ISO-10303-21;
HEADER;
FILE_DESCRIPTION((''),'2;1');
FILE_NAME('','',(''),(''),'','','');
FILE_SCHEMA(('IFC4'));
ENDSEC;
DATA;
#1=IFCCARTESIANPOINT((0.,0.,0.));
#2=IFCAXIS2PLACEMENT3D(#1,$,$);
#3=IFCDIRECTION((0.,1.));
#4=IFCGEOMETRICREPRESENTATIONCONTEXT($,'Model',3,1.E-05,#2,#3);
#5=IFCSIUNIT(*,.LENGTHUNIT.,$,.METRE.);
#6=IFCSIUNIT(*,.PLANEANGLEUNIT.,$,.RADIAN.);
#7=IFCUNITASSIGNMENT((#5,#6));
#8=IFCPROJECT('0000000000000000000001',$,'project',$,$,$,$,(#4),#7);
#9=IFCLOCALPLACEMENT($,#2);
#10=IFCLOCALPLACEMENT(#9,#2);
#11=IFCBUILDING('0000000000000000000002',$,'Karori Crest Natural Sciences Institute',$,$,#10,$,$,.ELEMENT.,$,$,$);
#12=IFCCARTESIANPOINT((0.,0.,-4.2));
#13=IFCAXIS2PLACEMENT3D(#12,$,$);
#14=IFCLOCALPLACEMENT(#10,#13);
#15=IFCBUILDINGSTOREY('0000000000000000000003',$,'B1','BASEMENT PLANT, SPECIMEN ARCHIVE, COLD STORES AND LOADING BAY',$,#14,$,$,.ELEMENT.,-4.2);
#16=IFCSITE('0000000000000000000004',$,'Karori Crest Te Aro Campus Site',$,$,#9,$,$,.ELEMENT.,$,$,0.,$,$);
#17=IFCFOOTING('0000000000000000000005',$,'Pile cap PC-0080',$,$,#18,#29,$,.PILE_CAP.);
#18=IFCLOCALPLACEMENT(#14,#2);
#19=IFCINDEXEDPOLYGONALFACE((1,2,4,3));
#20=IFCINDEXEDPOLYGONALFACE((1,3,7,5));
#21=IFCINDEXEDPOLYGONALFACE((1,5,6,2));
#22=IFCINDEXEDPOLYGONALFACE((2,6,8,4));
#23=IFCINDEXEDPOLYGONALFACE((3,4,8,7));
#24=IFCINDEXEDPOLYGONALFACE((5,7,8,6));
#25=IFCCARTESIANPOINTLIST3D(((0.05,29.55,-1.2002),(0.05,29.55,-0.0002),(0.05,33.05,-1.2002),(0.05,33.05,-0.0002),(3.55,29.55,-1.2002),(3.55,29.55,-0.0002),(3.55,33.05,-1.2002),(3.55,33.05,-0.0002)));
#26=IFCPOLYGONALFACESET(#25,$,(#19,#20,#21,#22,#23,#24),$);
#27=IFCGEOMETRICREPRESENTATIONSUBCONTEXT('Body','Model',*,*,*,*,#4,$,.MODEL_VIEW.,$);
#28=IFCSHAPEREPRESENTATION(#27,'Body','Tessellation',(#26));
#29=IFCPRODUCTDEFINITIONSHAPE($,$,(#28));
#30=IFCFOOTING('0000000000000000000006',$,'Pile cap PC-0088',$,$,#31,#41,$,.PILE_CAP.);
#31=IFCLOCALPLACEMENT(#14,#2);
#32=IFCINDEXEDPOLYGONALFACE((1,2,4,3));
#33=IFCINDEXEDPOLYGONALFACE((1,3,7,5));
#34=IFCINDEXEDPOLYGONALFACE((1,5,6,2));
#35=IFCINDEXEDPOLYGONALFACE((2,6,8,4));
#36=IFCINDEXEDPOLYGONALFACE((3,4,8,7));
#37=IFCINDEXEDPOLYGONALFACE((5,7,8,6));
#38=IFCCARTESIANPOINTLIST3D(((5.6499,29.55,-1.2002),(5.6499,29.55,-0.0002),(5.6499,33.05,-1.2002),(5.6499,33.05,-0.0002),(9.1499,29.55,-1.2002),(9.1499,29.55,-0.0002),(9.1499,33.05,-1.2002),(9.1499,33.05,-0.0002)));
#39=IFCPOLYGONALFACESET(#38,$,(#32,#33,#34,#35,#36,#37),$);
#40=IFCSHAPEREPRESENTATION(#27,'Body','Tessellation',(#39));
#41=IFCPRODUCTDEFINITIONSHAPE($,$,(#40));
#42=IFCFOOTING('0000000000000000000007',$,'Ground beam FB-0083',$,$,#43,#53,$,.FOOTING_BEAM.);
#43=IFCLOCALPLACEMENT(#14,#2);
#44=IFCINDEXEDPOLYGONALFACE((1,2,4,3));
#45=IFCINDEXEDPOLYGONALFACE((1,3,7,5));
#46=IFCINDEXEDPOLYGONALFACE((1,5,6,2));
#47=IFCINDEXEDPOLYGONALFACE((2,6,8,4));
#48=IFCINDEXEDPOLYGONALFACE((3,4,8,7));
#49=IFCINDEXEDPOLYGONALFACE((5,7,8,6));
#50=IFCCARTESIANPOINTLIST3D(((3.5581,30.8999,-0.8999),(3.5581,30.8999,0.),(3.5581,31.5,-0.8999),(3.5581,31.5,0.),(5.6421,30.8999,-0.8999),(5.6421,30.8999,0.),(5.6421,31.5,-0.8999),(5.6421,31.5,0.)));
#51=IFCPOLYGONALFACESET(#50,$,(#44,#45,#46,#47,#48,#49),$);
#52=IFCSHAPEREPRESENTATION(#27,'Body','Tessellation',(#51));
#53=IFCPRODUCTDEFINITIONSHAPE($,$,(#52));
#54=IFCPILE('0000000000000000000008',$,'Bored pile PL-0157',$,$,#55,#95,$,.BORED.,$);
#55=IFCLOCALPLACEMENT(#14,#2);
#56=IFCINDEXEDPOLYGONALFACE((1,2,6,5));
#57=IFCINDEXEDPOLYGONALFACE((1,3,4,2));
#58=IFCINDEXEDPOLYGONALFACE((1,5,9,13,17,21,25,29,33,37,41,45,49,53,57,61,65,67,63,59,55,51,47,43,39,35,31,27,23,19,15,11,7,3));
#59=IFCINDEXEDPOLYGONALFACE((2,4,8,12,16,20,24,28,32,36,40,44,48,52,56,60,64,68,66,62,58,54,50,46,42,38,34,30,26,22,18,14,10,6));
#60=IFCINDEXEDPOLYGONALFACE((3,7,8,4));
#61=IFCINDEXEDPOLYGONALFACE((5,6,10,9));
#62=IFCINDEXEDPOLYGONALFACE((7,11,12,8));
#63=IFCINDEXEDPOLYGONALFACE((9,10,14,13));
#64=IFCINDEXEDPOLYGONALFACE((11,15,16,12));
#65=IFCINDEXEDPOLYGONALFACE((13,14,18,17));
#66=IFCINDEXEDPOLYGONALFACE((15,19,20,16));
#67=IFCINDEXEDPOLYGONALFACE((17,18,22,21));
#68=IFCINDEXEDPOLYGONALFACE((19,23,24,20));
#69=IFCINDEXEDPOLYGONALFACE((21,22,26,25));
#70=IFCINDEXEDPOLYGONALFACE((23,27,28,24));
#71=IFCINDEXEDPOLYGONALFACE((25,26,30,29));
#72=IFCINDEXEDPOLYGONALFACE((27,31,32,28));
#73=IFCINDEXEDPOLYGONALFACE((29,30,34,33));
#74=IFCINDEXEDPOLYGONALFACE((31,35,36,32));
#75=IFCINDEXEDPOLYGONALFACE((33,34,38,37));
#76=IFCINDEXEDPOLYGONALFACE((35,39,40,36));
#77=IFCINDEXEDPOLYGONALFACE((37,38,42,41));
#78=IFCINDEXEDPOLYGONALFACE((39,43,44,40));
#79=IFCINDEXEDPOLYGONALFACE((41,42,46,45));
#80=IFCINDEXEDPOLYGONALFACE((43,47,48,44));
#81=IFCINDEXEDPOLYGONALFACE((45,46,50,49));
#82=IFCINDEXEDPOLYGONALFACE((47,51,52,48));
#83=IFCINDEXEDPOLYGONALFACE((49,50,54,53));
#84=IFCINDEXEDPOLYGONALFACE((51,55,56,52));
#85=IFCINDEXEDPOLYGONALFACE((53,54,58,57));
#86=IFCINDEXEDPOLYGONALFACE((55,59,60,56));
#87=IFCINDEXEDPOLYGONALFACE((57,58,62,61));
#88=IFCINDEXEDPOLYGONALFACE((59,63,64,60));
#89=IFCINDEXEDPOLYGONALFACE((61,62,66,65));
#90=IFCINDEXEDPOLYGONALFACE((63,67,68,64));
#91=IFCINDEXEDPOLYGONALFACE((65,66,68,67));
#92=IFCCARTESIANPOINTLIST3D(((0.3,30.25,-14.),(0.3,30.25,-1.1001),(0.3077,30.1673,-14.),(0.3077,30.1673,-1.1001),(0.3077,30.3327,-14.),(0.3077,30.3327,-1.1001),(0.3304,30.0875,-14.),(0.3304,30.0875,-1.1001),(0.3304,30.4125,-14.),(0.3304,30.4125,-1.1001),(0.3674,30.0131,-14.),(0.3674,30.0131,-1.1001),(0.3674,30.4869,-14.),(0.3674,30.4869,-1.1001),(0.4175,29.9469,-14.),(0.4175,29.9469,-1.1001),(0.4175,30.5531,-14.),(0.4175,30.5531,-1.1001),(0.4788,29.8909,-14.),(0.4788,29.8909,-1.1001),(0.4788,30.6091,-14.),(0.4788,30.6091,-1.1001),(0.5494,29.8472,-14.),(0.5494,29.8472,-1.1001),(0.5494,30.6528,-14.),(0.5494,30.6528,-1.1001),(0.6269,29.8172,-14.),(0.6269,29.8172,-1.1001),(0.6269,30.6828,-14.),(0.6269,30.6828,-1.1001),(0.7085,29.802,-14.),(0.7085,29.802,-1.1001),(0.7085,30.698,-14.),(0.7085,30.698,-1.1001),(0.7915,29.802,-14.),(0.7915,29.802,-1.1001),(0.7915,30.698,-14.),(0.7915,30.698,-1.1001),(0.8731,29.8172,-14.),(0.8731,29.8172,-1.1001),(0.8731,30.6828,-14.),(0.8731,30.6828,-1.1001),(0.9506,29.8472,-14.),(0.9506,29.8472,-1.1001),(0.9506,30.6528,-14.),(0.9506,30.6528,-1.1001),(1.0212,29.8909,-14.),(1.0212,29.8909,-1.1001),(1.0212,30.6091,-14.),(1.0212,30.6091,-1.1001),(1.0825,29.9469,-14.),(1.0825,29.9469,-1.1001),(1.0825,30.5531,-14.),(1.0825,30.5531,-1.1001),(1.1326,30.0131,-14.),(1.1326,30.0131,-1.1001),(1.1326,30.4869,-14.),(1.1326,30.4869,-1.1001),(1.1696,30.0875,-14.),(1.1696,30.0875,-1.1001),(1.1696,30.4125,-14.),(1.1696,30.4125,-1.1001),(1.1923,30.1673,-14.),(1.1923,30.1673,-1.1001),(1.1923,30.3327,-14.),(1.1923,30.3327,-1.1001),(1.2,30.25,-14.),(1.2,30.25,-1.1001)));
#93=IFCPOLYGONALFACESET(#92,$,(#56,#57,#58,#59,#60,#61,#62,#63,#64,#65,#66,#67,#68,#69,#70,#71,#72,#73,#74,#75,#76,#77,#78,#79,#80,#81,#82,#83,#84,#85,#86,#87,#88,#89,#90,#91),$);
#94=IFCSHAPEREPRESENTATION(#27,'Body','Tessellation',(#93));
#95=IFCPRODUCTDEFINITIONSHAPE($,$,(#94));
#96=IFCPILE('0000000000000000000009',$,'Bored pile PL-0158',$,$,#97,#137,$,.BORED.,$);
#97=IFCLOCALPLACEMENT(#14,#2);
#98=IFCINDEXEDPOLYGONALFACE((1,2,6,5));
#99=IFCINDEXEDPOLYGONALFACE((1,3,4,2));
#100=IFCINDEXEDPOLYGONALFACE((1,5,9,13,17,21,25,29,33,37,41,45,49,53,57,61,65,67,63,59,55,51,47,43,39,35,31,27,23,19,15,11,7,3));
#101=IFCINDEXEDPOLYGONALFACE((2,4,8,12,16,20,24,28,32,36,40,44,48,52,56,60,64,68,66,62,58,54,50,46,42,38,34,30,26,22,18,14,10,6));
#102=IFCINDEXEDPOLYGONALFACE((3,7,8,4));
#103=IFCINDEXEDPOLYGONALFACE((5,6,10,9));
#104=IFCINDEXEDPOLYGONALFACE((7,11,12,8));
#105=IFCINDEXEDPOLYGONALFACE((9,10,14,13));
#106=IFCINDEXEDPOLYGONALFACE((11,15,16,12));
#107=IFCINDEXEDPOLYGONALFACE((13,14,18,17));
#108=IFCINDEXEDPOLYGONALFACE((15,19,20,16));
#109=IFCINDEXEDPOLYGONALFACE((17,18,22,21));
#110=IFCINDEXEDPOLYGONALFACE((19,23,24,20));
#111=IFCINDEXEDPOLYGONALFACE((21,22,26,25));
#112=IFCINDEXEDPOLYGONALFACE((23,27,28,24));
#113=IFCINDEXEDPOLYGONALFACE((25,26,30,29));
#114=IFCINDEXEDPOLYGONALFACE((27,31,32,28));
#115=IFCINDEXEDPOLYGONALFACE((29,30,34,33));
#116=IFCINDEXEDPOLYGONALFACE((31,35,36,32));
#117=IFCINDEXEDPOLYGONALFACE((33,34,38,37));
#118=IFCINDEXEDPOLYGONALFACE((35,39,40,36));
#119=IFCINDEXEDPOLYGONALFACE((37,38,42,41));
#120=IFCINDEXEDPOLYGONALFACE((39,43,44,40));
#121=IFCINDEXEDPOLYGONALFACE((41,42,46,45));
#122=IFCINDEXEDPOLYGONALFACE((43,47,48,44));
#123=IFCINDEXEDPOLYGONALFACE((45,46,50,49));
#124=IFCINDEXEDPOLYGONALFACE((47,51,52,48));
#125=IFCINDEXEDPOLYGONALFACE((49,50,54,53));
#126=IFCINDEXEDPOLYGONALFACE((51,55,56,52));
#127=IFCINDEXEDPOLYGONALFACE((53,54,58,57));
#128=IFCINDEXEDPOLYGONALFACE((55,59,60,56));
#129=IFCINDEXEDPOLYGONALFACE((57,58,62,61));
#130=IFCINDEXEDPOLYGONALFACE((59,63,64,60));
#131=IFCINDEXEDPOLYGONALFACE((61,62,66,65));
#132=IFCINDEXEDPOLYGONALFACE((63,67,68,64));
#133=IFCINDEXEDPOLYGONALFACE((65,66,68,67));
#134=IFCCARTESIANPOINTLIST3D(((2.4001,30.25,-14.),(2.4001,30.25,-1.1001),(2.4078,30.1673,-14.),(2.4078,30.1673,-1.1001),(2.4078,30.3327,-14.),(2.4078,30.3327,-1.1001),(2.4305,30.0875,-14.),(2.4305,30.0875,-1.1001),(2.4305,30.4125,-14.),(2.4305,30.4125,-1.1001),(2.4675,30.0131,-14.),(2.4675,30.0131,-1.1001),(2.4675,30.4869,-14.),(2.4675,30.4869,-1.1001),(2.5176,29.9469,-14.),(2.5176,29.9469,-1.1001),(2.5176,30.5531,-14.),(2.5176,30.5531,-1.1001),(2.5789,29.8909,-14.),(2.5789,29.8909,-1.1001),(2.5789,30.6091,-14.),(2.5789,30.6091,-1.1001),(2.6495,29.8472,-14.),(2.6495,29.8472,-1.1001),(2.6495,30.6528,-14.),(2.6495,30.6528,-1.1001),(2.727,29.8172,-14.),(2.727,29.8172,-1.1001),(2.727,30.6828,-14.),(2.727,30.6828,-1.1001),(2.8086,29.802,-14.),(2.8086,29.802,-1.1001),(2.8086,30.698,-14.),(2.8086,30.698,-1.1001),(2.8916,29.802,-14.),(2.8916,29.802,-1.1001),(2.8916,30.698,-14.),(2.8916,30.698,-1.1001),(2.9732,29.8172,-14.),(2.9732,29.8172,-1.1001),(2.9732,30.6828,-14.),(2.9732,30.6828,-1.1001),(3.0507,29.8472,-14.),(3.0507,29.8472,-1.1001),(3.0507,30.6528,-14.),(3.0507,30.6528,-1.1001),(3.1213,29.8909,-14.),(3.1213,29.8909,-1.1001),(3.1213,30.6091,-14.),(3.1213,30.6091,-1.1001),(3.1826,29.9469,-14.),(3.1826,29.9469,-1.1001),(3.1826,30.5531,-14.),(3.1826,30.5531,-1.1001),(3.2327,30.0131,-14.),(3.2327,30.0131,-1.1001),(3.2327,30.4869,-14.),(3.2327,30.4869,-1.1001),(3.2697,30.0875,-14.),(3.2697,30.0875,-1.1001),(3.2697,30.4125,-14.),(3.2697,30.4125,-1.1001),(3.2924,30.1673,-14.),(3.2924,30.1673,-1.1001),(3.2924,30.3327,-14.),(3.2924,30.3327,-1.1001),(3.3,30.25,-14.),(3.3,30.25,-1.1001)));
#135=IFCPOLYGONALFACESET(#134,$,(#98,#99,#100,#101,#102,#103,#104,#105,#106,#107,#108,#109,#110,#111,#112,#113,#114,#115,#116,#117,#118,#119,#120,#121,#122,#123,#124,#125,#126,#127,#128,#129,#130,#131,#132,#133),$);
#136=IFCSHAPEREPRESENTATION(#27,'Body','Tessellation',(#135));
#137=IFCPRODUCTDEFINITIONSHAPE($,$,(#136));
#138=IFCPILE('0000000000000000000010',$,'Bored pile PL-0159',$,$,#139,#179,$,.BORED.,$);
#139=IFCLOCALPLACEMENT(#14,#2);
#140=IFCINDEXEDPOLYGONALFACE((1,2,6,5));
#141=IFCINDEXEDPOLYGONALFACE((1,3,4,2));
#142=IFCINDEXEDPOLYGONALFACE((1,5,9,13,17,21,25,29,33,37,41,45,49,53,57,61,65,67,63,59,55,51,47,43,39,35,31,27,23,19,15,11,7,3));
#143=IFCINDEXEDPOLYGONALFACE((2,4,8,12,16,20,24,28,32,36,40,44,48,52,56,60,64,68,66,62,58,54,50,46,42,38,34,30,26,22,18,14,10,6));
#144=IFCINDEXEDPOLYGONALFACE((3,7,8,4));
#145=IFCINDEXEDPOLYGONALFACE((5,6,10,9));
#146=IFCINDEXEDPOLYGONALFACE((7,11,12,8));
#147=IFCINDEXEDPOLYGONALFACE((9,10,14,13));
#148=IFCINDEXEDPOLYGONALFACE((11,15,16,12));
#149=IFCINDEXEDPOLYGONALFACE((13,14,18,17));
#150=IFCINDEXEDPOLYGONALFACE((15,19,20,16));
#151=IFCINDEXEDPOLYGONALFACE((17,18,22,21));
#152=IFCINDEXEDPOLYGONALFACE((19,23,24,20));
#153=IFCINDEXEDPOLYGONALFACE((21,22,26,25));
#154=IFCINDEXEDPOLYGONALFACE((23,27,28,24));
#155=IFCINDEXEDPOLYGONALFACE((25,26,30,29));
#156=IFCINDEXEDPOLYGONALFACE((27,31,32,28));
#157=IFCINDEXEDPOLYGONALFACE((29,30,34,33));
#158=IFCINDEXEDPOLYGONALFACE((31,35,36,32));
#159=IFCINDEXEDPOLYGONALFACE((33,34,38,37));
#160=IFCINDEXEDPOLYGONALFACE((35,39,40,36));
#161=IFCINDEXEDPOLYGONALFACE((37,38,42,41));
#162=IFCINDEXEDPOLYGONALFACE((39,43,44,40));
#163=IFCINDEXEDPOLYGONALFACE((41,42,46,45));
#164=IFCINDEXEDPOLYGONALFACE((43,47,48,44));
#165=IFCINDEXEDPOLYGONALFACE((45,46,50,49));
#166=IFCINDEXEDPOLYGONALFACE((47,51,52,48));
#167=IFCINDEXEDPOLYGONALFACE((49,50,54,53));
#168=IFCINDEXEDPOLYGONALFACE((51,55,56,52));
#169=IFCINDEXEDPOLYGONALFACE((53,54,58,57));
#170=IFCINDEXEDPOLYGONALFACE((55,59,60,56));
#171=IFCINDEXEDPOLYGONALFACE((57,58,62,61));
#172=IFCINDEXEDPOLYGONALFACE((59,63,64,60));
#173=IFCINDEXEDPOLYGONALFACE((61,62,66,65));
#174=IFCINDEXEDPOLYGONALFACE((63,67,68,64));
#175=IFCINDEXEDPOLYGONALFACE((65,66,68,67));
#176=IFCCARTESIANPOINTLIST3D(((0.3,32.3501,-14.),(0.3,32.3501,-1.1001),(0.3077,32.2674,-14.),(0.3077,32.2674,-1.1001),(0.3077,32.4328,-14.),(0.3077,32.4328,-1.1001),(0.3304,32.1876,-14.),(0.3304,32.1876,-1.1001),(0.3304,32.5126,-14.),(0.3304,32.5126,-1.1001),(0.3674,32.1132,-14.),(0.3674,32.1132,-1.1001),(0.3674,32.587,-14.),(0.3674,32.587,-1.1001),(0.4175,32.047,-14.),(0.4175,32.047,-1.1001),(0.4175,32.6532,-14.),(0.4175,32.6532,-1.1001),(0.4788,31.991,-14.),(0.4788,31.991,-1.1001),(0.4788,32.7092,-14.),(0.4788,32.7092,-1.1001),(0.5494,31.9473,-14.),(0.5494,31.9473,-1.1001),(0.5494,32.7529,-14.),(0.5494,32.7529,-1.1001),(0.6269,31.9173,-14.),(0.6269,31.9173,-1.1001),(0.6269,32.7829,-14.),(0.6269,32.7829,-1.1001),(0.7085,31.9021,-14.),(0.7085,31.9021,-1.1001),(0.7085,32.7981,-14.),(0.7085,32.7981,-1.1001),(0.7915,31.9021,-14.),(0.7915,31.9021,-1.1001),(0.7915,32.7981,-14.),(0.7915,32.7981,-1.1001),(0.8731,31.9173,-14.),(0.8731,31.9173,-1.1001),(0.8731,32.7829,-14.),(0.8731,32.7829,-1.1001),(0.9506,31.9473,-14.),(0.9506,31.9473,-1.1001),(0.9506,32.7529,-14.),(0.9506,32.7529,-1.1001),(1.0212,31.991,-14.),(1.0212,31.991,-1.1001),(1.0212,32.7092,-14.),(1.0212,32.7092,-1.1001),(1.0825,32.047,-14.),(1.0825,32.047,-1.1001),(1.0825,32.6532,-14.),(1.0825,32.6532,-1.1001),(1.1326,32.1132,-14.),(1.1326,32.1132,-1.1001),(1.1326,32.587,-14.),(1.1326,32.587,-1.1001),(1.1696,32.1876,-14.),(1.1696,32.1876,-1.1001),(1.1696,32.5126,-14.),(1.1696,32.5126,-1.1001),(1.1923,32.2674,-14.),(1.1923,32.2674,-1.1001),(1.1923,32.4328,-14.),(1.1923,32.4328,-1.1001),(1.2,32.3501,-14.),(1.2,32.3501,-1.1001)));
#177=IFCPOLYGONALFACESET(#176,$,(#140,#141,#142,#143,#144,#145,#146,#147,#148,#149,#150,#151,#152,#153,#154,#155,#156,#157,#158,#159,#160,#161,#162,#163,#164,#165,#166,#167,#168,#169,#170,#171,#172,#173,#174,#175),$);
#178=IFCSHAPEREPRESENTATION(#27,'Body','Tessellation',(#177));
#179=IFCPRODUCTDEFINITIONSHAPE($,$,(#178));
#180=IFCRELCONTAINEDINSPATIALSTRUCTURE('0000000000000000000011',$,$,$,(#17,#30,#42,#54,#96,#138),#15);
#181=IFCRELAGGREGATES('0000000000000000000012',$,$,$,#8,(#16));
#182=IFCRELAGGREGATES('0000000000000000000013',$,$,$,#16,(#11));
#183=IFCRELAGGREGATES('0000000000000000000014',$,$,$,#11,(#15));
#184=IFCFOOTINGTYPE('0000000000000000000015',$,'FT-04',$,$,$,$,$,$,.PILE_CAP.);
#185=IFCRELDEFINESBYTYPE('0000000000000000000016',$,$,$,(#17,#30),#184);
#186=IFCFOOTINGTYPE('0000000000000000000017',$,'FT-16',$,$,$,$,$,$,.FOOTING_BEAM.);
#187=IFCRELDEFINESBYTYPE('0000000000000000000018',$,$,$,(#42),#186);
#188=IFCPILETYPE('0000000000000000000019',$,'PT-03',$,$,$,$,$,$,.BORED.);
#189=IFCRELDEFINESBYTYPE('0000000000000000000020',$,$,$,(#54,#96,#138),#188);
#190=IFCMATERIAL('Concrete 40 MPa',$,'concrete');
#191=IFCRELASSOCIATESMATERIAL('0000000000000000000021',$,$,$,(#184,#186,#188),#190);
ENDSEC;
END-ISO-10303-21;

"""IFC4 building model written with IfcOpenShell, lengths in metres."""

from ifc_helpers import new_model, si_unit, direction, frame, origin, origin_2d, place, context, subcontext, project, spatial, rectangle, circle, extrude, material, material_profile, profile_set, type_object, element, save


model = new_model("IFC4")

# Units and contexts
model_context = context("Model", 3, precision=1e-05, world=origin(), true_north=direction((0.0, 1.0)))
body_context = subcontext(model_context, "Body", "Model", "MODEL_VIEW")
ifc_project = project(units=[si_unit("LENGTHUNIT", "METRE"), si_unit("PLANEANGLEUNIT", "RADIAN")], contexts=[model_context])

# Site, building, storey
site_placement = place(None, origin())
site = spatial("IfcSite", under=ifc_project, at=site_placement, Name="Karori Crest Te Aro Campus Site", CompositionType="ELEMENT", RefElevation=0.0)
building_placement = place(site_placement, origin())
building = spatial("IfcBuilding", under=site, at=building_placement, Name="Karori Crest Natural Sciences Institute", CompositionType="ELEMENT")
storey_placement = place(building_placement, frame((0.0, 0.0, -4.2)))
storey = spatial("IfcBuildingStorey", under=building, at=storey_placement, Name="B1", Description="BASEMENT PLANT, SPECIMEN ARCHIVE, COLD STORES AND LOADING BAY", CompositionType="ELEMENT", Elevation=-4.2)

# Footings
ifc_material_1 = material(Name="Concrete 40 MPa", Category="concrete")
footing_type_1 = type_object("IfcFootingType", Name="FT-04", PredefinedType="PILE_CAP", material=ifc_material_1)
for number, where, z_axis, x_axis, name in (
    (1, (1.8, 31.3, -1.2002), (0.0, 0.0, 1.0), (1.0, 0.0, 0.0), "Pile cap PC-0080"),
    (2, (7.3999, 31.3, -1.2002), (0.0, 0.0, 1.0), (1.0, 0.0, 0.0), "Pile cap PC-0088"),
):
    element("IfcFooting", number, at=place(storey_placement, frame(where, z_axis=z_axis, x_axis=x_axis)), inside=storey, type_object=footing_type_1, Name=name, PredefinedType="PILE_CAP", context=body_context, shape_type="SweptSolid", body=[
        extrude(rectangle(XDim=3.5, YDim=3.5, at=origin_2d()), origin(), (0.0, 0.0, 1.0), 1.2),
    ])
footing_type_2 = type_object("IfcFootingType", Name="FT-16", PredefinedType="FOOTING_BEAM", material=ifc_material_1)
footing_placement = place(storey_placement, frame((4.6001, 31.2, -0.8999), z_axis=(0.0, 0.0, 1.0), x_axis=(1.0, 0.0, 0.0)))
element("IfcFooting", 3, at=footing_placement, inside=storey, type_object=footing_type_2, Name="Ground beam FB-0083", PredefinedType="FOOTING_BEAM", context=body_context, shape_type="SweptSolid", body=[
    extrude(rectangle(XDim=2.084, YDim=0.6001, at=origin_2d()), origin(), (0.0, 0.0, 1.0), 0.8999),
])

# Piles
ifc_material_profile_1 = material_profile(ifc_material_1, circle(Radius=0.45, at=origin_2d()), Name="PILE900")
ifc_profile_set_1 = profile_set([ifc_material_profile_1], Name="Concrete 40 MPa")
pile_type_1 = type_object("IfcPileType", Name="PT-03", PredefinedType="BORED", material=ifc_profile_set_1)
for number, where, z_axis, x_axis, name in (
    (4, (0.75, 30.25, -1.1001), (0.0, 0.0, -1.0), (1.0, 0.0, 0.0), "Bored pile PL-0157"),
    (5, (2.8501, 30.25, -1.1001), (0.0, 0.0, -1.0), (1.0, 0.0, 0.0), "Bored pile PL-0158"),
    (6, (0.75, 32.3501, -1.1001), (0.0, 0.0, -1.0), (1.0, 0.0, 0.0), "Bored pile PL-0159"),
):
    element("IfcPile", number, at=place(storey_placement, frame(where, z_axis=z_axis, x_axis=x_axis)), inside=storey, type_object=pile_type_1, Name=name, PredefinedType="BORED", context=body_context, shape_type="SweptSolid", body=[
        extrude(circle(Radius=0.45, at=origin_2d()), origin(), (0.0, 0.0, 1.0), 12.8999),
    ])

save(model, "model.ifc")
